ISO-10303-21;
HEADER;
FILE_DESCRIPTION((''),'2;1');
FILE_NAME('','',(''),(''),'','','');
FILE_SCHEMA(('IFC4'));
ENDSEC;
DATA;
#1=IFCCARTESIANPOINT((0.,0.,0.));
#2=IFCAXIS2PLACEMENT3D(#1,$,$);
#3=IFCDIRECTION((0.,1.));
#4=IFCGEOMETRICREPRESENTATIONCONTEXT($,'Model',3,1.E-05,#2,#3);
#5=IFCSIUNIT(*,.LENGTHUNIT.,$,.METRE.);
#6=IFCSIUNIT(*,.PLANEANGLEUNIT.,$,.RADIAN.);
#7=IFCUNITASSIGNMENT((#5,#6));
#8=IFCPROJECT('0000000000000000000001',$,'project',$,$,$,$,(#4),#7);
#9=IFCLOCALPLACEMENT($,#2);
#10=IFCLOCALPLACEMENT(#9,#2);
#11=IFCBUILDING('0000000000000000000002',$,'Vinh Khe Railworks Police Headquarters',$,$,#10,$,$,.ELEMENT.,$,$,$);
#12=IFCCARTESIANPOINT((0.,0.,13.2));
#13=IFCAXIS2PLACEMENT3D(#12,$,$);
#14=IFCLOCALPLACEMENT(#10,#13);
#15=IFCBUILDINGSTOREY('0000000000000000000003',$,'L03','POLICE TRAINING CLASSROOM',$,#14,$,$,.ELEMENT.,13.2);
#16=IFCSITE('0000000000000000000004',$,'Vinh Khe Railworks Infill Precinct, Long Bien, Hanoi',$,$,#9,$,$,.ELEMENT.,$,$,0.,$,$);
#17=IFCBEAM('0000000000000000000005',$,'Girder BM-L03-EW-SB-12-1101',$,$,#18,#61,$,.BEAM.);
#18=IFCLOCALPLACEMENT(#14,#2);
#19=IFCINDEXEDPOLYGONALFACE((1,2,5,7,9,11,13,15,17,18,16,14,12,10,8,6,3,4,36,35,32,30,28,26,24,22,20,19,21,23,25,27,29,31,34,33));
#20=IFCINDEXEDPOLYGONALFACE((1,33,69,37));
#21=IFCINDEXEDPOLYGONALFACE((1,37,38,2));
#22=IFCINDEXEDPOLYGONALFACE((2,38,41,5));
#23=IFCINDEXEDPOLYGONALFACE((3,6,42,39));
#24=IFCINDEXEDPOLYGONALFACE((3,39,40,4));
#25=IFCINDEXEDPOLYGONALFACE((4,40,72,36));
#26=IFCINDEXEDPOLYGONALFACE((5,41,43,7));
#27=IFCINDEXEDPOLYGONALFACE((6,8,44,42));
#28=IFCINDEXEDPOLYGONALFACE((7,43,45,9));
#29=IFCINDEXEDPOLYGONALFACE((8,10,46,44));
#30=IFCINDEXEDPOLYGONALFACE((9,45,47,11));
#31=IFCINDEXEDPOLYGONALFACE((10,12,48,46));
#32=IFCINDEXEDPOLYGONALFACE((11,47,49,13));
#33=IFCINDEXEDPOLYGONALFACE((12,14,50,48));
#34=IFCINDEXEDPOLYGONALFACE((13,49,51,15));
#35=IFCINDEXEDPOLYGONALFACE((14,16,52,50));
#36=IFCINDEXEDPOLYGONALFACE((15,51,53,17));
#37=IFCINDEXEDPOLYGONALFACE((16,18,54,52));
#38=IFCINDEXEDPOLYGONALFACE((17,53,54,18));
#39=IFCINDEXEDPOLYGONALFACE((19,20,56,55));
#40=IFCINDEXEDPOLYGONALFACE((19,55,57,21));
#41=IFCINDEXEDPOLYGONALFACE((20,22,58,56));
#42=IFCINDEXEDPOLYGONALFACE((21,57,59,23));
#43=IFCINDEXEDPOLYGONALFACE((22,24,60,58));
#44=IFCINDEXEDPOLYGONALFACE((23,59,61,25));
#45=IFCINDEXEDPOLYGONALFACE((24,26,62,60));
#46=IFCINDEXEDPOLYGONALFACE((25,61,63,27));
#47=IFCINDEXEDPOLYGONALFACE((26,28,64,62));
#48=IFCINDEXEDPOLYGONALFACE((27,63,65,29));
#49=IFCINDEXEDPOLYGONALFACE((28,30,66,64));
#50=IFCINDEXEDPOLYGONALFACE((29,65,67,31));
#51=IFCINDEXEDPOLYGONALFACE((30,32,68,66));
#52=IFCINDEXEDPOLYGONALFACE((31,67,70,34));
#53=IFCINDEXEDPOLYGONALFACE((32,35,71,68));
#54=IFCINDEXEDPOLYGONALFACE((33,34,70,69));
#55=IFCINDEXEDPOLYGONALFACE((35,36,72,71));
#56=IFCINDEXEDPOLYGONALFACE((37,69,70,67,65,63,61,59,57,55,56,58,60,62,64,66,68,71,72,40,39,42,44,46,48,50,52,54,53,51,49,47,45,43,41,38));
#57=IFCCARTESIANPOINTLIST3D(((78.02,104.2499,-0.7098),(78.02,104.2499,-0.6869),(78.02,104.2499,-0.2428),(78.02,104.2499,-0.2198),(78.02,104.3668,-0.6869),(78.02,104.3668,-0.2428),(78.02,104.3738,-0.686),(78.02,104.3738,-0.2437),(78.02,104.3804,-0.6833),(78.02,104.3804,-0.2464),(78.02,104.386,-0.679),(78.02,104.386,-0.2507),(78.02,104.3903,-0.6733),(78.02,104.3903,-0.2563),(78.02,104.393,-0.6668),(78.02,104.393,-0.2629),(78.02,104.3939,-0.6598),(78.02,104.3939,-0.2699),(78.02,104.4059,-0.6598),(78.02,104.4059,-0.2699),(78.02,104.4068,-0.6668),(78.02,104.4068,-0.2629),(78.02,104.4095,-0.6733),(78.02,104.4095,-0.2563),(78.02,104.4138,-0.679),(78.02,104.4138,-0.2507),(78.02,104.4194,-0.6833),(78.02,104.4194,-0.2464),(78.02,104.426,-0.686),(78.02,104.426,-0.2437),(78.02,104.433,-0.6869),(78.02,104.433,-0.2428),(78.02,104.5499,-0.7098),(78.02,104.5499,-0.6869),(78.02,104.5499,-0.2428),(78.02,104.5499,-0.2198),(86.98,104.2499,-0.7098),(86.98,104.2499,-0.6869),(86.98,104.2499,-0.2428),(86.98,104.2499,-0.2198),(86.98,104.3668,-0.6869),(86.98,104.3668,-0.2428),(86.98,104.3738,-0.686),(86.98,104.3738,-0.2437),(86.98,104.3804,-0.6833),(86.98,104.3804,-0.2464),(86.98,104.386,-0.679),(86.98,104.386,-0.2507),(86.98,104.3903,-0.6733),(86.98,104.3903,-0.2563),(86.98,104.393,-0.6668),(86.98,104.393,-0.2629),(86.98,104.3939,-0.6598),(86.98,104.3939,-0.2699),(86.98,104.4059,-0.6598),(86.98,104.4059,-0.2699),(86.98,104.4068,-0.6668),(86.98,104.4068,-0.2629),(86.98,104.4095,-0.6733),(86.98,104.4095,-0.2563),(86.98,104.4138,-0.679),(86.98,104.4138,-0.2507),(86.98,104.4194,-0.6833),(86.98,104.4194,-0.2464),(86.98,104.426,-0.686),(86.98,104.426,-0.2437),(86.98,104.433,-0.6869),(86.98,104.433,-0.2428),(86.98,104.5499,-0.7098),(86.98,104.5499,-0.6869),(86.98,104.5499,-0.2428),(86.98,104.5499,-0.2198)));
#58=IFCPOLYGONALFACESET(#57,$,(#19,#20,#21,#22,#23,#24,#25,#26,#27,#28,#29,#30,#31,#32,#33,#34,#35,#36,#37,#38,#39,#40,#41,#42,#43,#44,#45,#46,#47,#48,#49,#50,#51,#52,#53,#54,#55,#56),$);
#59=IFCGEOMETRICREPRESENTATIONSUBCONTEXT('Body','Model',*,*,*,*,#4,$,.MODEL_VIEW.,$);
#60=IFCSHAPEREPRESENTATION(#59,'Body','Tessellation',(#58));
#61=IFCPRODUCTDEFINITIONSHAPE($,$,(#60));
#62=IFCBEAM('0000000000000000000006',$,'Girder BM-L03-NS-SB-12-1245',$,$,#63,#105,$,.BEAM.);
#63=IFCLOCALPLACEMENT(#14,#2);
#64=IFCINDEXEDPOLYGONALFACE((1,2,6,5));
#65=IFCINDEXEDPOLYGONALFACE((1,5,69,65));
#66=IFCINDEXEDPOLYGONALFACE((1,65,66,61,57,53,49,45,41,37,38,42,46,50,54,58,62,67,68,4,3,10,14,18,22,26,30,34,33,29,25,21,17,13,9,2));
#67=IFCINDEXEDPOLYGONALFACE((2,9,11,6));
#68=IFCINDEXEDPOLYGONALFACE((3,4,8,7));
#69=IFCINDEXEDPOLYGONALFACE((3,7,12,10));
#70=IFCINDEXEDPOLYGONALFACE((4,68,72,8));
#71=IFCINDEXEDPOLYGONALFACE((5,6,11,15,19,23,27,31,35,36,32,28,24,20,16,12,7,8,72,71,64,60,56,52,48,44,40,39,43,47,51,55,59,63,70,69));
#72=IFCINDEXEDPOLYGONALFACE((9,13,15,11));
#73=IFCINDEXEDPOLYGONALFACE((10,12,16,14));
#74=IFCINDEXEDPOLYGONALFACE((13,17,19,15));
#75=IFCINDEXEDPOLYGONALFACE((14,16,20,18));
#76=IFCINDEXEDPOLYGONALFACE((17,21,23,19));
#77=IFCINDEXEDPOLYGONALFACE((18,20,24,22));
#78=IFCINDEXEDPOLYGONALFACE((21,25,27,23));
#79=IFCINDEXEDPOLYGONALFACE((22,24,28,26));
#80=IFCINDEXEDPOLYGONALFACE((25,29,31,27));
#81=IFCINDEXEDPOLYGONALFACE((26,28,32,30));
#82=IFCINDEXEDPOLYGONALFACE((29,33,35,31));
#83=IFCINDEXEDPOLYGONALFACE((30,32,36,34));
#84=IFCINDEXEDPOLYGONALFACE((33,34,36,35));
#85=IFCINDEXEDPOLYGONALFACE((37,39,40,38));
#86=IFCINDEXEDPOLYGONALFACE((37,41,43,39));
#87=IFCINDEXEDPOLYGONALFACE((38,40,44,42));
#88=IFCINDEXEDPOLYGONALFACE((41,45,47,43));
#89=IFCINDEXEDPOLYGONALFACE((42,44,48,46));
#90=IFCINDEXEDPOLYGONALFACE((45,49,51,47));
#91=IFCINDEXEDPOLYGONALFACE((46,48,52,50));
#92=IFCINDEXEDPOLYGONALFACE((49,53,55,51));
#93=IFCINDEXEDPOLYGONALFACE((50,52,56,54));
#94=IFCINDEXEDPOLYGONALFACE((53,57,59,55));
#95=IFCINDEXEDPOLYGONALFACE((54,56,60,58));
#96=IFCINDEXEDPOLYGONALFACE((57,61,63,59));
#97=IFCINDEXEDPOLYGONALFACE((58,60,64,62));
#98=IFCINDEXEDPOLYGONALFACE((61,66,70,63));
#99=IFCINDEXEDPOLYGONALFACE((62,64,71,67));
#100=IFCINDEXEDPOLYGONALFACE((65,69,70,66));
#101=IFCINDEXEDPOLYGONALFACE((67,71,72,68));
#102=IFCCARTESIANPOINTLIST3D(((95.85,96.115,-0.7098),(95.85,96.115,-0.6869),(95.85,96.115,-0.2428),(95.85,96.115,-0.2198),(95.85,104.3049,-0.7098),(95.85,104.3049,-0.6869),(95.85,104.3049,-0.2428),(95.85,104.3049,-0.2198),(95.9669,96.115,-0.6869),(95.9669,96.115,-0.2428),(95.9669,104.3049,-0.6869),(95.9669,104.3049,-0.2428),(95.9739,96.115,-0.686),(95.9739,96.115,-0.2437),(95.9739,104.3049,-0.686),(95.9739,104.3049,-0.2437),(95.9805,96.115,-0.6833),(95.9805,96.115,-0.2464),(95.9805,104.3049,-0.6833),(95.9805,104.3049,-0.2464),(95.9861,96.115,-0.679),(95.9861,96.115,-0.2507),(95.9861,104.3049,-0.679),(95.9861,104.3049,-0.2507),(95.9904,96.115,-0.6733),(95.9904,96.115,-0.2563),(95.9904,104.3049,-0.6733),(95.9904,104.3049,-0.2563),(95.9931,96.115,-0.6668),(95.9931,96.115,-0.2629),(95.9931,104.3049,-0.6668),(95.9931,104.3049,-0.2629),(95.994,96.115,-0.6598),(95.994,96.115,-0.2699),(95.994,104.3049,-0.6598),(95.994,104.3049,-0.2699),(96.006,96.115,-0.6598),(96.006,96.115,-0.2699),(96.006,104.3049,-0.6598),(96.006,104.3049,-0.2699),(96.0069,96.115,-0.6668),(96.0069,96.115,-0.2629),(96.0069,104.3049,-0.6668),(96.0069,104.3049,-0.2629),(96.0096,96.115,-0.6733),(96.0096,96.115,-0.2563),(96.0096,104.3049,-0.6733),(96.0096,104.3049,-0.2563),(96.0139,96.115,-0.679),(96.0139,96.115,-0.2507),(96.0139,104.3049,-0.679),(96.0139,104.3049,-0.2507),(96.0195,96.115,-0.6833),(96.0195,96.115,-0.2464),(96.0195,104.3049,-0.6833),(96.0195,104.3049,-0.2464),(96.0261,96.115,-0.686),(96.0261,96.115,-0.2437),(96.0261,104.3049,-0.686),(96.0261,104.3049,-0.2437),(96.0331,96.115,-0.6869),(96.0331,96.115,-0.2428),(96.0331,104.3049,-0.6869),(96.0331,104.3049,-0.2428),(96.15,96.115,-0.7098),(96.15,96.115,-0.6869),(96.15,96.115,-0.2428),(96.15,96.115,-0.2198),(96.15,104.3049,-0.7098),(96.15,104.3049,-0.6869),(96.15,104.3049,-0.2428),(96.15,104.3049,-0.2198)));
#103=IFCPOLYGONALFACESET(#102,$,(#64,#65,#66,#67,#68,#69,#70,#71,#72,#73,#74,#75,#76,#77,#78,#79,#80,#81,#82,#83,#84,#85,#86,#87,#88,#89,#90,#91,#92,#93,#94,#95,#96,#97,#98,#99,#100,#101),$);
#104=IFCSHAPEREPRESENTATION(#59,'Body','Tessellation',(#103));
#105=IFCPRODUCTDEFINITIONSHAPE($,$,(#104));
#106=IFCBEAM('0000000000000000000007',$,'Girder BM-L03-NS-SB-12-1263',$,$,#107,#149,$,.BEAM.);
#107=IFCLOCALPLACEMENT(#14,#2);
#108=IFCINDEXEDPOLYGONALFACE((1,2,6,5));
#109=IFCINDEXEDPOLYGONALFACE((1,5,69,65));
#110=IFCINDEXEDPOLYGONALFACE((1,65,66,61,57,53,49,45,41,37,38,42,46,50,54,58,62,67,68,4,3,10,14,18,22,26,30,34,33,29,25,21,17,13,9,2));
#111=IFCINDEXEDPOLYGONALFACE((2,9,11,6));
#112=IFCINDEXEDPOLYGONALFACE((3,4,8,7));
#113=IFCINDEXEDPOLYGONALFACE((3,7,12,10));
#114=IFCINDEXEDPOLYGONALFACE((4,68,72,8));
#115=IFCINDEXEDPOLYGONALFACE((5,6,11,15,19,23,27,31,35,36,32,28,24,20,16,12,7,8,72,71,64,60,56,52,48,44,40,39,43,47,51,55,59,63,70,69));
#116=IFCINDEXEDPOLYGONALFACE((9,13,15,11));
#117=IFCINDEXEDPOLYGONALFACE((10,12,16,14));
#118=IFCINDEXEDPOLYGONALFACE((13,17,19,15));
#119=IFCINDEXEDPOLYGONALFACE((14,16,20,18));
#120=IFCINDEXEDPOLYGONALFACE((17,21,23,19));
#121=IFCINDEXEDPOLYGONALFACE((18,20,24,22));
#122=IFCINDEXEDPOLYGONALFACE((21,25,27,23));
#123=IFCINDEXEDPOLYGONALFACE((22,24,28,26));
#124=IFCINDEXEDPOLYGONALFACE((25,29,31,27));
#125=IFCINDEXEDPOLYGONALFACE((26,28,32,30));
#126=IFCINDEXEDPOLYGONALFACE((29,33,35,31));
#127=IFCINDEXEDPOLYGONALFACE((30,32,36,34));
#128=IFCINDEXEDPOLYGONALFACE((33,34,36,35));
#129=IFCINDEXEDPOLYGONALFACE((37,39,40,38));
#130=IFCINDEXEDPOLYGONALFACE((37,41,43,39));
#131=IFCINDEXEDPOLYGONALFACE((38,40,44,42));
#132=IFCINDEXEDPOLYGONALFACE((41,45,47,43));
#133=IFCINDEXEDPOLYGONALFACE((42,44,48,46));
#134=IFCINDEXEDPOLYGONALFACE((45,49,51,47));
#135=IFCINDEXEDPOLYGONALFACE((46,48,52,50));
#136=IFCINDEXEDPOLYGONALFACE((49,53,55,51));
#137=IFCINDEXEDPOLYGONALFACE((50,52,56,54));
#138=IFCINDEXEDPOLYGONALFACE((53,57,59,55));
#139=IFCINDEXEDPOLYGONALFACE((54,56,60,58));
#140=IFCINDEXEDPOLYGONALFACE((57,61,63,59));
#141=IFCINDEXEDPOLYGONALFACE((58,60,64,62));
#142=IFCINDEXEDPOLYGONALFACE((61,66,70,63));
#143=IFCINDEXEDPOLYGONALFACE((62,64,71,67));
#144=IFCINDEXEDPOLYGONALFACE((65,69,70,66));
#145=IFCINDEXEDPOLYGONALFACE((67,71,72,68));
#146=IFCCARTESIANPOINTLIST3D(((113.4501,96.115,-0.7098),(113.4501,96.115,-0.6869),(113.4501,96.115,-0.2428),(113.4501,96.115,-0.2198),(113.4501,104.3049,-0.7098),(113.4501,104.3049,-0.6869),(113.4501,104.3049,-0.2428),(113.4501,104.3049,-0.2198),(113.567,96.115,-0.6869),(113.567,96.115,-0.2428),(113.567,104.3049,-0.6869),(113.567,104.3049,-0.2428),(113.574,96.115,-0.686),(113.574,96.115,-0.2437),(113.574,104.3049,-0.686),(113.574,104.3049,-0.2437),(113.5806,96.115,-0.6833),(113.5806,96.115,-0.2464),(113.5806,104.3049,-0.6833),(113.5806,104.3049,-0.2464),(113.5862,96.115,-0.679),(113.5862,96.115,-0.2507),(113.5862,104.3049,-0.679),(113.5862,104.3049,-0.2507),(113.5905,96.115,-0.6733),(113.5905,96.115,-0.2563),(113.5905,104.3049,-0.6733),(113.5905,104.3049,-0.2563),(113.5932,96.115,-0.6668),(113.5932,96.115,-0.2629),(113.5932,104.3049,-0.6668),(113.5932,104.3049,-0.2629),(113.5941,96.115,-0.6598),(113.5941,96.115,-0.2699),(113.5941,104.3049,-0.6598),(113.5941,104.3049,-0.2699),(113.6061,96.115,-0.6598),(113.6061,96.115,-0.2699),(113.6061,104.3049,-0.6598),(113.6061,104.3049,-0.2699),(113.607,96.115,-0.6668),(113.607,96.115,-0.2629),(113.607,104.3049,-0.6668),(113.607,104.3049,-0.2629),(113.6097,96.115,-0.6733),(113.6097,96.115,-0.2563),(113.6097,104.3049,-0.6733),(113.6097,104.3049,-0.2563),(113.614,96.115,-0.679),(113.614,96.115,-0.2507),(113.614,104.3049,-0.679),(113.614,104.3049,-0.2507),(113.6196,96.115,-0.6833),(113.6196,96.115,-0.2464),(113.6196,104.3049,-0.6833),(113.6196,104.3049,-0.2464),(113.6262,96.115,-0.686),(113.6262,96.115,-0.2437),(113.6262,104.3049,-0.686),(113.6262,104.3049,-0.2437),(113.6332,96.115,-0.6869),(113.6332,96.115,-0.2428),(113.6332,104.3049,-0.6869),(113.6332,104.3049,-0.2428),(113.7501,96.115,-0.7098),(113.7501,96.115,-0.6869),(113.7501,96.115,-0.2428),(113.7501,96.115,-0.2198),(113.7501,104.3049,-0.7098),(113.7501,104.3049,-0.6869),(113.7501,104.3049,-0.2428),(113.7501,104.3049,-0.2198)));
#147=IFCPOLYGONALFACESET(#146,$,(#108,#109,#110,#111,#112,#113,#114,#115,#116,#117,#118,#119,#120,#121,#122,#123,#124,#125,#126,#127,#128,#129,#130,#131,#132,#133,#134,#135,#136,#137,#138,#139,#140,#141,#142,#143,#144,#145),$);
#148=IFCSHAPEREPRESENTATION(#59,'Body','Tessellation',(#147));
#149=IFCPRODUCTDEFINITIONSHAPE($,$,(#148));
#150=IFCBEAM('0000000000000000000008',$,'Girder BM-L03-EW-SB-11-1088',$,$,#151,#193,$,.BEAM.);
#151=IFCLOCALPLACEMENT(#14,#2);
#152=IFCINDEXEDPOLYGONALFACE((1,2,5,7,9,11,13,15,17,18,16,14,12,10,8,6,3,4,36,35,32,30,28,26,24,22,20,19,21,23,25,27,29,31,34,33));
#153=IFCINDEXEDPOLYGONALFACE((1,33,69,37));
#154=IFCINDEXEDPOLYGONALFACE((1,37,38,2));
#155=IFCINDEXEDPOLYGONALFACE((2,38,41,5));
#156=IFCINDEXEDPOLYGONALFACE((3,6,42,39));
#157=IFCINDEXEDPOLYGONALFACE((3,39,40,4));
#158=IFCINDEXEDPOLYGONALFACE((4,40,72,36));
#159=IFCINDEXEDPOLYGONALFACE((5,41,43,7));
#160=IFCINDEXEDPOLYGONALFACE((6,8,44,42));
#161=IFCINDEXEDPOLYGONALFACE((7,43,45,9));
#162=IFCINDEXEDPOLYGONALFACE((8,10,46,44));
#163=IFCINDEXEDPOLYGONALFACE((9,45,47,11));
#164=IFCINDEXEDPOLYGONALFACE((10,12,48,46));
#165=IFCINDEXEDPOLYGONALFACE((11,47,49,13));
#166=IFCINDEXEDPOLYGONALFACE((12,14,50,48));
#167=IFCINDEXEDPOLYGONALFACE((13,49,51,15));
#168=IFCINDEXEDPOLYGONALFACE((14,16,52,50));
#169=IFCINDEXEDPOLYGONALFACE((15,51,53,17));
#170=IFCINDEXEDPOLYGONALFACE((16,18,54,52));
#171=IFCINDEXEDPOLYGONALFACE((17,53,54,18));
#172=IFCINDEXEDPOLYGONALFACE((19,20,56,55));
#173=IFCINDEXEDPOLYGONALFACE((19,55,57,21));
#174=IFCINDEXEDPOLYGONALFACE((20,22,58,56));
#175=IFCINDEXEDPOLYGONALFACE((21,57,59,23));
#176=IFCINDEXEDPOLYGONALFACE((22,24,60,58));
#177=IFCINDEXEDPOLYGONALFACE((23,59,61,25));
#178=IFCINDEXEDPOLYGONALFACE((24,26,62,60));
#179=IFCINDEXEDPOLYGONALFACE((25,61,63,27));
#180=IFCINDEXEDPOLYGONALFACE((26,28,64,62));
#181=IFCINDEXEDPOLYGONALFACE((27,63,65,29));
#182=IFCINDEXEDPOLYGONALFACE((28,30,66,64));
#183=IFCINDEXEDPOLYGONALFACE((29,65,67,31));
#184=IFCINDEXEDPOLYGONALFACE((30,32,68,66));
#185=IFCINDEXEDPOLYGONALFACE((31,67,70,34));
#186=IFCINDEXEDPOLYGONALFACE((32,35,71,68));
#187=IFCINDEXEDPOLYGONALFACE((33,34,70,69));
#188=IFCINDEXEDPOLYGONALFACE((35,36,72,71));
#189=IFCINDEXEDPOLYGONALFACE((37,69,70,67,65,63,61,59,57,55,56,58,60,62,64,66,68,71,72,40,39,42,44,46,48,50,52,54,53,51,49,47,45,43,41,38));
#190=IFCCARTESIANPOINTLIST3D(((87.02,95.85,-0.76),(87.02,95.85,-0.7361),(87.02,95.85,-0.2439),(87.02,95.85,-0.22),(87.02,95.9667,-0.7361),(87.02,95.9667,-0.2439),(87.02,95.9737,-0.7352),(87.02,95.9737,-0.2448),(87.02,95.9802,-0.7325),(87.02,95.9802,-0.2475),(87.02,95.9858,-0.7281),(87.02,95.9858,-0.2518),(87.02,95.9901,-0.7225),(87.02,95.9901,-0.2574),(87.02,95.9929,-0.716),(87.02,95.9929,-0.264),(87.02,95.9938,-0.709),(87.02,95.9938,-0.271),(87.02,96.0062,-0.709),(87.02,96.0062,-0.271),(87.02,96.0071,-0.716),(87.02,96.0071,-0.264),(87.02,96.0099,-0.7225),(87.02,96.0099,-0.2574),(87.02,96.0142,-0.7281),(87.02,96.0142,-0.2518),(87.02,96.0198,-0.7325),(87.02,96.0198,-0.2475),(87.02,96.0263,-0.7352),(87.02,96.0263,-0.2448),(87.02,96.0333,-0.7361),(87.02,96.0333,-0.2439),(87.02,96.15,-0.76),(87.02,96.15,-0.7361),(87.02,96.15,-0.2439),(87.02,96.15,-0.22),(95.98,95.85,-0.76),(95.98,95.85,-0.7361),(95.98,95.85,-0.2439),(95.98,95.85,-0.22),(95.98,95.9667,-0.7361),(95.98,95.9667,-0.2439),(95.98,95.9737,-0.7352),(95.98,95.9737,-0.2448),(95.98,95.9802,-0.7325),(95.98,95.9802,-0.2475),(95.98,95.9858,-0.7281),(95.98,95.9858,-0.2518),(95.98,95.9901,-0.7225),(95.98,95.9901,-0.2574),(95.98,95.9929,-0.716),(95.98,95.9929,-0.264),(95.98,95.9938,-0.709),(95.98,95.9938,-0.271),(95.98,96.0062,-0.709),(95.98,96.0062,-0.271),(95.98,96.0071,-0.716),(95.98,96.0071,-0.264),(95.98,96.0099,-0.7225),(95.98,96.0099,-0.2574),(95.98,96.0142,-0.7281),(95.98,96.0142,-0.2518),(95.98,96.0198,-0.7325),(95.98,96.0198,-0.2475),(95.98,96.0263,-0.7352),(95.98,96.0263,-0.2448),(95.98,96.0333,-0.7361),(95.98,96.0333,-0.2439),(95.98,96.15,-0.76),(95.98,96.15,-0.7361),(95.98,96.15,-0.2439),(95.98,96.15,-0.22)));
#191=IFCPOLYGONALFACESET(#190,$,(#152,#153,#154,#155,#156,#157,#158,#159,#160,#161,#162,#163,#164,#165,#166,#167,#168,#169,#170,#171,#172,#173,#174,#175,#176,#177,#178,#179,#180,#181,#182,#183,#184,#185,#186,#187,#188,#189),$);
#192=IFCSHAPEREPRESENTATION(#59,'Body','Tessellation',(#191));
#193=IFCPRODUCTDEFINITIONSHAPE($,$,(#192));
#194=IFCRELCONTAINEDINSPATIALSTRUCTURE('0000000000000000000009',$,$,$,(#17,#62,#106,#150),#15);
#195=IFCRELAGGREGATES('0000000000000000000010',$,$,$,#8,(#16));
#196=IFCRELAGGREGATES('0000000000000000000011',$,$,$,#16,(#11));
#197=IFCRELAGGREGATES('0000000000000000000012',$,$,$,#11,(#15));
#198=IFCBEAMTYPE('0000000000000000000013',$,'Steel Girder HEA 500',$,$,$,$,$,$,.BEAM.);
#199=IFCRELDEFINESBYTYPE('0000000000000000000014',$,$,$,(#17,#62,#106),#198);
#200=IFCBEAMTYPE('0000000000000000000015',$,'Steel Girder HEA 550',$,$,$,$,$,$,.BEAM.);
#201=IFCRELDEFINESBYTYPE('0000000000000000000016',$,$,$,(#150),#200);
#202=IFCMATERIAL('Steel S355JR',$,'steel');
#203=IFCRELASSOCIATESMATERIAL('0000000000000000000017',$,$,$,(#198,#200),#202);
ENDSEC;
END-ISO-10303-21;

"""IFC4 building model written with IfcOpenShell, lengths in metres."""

from ifc_helpers import new_model, si_unit, direction, frame, origin, origin_2d, place, context, subcontext, project, spatial, i_section, extrude, material, material_profile, profile_set, type_object, element, save


model = new_model("IFC4")

# Units and contexts
model_context = context("Model", 3, precision=1e-05, world=origin(), true_north=direction((0.0, 1.0)))
body_context = subcontext(model_context, "Body", "Model", "MODEL_VIEW")
ifc_project = project(units=[si_unit("LENGTHUNIT", "METRE"), si_unit("PLANEANGLEUNIT", "RADIAN")], contexts=[model_context])

# Site, building, storey
site_placement = place(None, origin())
site = spatial("IfcSite", under=ifc_project, at=site_placement, Name="Vinh Khe Railworks Infill Precinct, Long Bien, Hanoi", CompositionType="ELEMENT", RefElevation=0.0)
building_placement = place(site_placement, origin())
building = spatial("IfcBuilding", under=site, at=building_placement, Name="Vinh Khe Railworks Police Headquarters", CompositionType="ELEMENT")
storey_placement = place(building_placement, frame((0.0, 0.0, 13.2)))
storey = spatial("IfcBuildingStorey", under=building, at=storey_placement, Name="L03", Description="POLICE TRAINING CLASSROOM", CompositionType="ELEMENT", Elevation=13.2)

# Beams
ifc_material_1 = material(Name="Steel S355JR", Category="steel")
ifc_material_profile_1 = material_profile(ifc_material_1, i_section(OverallWidth=0.3, OverallDepth=0.49, WebThickness=0.012, FlangeThickness=0.0229, FilletRadius=0.0271, at=origin_2d()), Name="HEA 500")
ifc_profile_set_1 = profile_set([ifc_material_profile_1], Name="Steel S355JR")
beam_type_1 = type_object("IfcBeamType", Name="Steel Girder HEA 500", PredefinedType="BEAM", material=ifc_profile_set_1)
for number, where, z_axis, x_axis, name in (
    (1, (78.02, 104.3999, -0.4648), (1.0, 0.0, 0.0), (0.0, 1.0, 0.0), "Girder BM-L03-EW-SB-12-1101"),
):
    element("IfcBeam", number, at=place(storey_placement, frame(where, z_axis=z_axis, x_axis=x_axis)), inside=storey, type_object=beam_type_1, Name=name, PredefinedType="BEAM", context=body_context, shape_type="SweptSolid", body=[
        extrude(i_section(OverallWidth=0.3, OverallDepth=0.49, WebThickness=0.012, FlangeThickness=0.0229, FilletRadius=0.0271, at=origin_2d()), origin(), (0.0, 0.0, 1.0), 8.96),
    ])
for number, where, z_axis, x_axis, name in (
    (2, (96.0, 96.115, -0.4648), (0.0, 1.0, 0.0), (-1.0, 0.0, 0.0), "Girder BM-L03-NS-SB-12-1245"),
    (3, (113.6001, 96.115, -0.4648), (0.0, 1.0, 0.0), (-1.0, 0.0, 0.0), "Girder BM-L03-NS-SB-12-1263"),
):
    element("IfcBeam", number, at=place(storey_placement, frame(where, z_axis=z_axis, x_axis=x_axis)), inside=storey, type_object=beam_type_1, Name=name, PredefinedType="BEAM", context=body_context, shape_type="SweptSolid", body=[
        extrude(i_section(OverallWidth=0.3, OverallDepth=0.49, WebThickness=0.012, FlangeThickness=0.0229, FilletRadius=0.0271, at=origin_2d()), origin(), (0.0, 0.0, 1.0), 8.1899),
    ])
ifc_material_profile_2 = material_profile(ifc_material_1, i_section(OverallWidth=0.3, OverallDepth=0.54, WebThickness=0.0125, FlangeThickness=0.0239, FilletRadius=0.0271, at=origin_2d()), Name="HEA 550")
ifc_profile_set_2 = profile_set([ifc_material_profile_2], Name="Steel S355JR")
beam_type_2 = type_object("IfcBeamType", Name="Steel Girder HEA 550", PredefinedType="BEAM", material=ifc_profile_set_2)
beam_1_placement = place(storey_placement, frame((87.02, 96.0, -0.49), z_axis=(1.0, 0.0, 0.0), x_axis=(0.0, 1.0, 0.0)))
element("IfcBeam", 4, at=beam_1_placement, inside=storey, type_object=beam_type_2, Name="Girder BM-L03-EW-SB-11-1088", PredefinedType="BEAM", context=body_context, shape_type="SweptSolid", body=[
    extrude(i_section(OverallWidth=0.3, OverallDepth=0.54, WebThickness=0.0125, FlangeThickness=0.0239, FilletRadius=0.0271, at=origin_2d()), origin(), (0.0, 0.0, 1.0), 8.96),
])

save(model, "model.ifc")
